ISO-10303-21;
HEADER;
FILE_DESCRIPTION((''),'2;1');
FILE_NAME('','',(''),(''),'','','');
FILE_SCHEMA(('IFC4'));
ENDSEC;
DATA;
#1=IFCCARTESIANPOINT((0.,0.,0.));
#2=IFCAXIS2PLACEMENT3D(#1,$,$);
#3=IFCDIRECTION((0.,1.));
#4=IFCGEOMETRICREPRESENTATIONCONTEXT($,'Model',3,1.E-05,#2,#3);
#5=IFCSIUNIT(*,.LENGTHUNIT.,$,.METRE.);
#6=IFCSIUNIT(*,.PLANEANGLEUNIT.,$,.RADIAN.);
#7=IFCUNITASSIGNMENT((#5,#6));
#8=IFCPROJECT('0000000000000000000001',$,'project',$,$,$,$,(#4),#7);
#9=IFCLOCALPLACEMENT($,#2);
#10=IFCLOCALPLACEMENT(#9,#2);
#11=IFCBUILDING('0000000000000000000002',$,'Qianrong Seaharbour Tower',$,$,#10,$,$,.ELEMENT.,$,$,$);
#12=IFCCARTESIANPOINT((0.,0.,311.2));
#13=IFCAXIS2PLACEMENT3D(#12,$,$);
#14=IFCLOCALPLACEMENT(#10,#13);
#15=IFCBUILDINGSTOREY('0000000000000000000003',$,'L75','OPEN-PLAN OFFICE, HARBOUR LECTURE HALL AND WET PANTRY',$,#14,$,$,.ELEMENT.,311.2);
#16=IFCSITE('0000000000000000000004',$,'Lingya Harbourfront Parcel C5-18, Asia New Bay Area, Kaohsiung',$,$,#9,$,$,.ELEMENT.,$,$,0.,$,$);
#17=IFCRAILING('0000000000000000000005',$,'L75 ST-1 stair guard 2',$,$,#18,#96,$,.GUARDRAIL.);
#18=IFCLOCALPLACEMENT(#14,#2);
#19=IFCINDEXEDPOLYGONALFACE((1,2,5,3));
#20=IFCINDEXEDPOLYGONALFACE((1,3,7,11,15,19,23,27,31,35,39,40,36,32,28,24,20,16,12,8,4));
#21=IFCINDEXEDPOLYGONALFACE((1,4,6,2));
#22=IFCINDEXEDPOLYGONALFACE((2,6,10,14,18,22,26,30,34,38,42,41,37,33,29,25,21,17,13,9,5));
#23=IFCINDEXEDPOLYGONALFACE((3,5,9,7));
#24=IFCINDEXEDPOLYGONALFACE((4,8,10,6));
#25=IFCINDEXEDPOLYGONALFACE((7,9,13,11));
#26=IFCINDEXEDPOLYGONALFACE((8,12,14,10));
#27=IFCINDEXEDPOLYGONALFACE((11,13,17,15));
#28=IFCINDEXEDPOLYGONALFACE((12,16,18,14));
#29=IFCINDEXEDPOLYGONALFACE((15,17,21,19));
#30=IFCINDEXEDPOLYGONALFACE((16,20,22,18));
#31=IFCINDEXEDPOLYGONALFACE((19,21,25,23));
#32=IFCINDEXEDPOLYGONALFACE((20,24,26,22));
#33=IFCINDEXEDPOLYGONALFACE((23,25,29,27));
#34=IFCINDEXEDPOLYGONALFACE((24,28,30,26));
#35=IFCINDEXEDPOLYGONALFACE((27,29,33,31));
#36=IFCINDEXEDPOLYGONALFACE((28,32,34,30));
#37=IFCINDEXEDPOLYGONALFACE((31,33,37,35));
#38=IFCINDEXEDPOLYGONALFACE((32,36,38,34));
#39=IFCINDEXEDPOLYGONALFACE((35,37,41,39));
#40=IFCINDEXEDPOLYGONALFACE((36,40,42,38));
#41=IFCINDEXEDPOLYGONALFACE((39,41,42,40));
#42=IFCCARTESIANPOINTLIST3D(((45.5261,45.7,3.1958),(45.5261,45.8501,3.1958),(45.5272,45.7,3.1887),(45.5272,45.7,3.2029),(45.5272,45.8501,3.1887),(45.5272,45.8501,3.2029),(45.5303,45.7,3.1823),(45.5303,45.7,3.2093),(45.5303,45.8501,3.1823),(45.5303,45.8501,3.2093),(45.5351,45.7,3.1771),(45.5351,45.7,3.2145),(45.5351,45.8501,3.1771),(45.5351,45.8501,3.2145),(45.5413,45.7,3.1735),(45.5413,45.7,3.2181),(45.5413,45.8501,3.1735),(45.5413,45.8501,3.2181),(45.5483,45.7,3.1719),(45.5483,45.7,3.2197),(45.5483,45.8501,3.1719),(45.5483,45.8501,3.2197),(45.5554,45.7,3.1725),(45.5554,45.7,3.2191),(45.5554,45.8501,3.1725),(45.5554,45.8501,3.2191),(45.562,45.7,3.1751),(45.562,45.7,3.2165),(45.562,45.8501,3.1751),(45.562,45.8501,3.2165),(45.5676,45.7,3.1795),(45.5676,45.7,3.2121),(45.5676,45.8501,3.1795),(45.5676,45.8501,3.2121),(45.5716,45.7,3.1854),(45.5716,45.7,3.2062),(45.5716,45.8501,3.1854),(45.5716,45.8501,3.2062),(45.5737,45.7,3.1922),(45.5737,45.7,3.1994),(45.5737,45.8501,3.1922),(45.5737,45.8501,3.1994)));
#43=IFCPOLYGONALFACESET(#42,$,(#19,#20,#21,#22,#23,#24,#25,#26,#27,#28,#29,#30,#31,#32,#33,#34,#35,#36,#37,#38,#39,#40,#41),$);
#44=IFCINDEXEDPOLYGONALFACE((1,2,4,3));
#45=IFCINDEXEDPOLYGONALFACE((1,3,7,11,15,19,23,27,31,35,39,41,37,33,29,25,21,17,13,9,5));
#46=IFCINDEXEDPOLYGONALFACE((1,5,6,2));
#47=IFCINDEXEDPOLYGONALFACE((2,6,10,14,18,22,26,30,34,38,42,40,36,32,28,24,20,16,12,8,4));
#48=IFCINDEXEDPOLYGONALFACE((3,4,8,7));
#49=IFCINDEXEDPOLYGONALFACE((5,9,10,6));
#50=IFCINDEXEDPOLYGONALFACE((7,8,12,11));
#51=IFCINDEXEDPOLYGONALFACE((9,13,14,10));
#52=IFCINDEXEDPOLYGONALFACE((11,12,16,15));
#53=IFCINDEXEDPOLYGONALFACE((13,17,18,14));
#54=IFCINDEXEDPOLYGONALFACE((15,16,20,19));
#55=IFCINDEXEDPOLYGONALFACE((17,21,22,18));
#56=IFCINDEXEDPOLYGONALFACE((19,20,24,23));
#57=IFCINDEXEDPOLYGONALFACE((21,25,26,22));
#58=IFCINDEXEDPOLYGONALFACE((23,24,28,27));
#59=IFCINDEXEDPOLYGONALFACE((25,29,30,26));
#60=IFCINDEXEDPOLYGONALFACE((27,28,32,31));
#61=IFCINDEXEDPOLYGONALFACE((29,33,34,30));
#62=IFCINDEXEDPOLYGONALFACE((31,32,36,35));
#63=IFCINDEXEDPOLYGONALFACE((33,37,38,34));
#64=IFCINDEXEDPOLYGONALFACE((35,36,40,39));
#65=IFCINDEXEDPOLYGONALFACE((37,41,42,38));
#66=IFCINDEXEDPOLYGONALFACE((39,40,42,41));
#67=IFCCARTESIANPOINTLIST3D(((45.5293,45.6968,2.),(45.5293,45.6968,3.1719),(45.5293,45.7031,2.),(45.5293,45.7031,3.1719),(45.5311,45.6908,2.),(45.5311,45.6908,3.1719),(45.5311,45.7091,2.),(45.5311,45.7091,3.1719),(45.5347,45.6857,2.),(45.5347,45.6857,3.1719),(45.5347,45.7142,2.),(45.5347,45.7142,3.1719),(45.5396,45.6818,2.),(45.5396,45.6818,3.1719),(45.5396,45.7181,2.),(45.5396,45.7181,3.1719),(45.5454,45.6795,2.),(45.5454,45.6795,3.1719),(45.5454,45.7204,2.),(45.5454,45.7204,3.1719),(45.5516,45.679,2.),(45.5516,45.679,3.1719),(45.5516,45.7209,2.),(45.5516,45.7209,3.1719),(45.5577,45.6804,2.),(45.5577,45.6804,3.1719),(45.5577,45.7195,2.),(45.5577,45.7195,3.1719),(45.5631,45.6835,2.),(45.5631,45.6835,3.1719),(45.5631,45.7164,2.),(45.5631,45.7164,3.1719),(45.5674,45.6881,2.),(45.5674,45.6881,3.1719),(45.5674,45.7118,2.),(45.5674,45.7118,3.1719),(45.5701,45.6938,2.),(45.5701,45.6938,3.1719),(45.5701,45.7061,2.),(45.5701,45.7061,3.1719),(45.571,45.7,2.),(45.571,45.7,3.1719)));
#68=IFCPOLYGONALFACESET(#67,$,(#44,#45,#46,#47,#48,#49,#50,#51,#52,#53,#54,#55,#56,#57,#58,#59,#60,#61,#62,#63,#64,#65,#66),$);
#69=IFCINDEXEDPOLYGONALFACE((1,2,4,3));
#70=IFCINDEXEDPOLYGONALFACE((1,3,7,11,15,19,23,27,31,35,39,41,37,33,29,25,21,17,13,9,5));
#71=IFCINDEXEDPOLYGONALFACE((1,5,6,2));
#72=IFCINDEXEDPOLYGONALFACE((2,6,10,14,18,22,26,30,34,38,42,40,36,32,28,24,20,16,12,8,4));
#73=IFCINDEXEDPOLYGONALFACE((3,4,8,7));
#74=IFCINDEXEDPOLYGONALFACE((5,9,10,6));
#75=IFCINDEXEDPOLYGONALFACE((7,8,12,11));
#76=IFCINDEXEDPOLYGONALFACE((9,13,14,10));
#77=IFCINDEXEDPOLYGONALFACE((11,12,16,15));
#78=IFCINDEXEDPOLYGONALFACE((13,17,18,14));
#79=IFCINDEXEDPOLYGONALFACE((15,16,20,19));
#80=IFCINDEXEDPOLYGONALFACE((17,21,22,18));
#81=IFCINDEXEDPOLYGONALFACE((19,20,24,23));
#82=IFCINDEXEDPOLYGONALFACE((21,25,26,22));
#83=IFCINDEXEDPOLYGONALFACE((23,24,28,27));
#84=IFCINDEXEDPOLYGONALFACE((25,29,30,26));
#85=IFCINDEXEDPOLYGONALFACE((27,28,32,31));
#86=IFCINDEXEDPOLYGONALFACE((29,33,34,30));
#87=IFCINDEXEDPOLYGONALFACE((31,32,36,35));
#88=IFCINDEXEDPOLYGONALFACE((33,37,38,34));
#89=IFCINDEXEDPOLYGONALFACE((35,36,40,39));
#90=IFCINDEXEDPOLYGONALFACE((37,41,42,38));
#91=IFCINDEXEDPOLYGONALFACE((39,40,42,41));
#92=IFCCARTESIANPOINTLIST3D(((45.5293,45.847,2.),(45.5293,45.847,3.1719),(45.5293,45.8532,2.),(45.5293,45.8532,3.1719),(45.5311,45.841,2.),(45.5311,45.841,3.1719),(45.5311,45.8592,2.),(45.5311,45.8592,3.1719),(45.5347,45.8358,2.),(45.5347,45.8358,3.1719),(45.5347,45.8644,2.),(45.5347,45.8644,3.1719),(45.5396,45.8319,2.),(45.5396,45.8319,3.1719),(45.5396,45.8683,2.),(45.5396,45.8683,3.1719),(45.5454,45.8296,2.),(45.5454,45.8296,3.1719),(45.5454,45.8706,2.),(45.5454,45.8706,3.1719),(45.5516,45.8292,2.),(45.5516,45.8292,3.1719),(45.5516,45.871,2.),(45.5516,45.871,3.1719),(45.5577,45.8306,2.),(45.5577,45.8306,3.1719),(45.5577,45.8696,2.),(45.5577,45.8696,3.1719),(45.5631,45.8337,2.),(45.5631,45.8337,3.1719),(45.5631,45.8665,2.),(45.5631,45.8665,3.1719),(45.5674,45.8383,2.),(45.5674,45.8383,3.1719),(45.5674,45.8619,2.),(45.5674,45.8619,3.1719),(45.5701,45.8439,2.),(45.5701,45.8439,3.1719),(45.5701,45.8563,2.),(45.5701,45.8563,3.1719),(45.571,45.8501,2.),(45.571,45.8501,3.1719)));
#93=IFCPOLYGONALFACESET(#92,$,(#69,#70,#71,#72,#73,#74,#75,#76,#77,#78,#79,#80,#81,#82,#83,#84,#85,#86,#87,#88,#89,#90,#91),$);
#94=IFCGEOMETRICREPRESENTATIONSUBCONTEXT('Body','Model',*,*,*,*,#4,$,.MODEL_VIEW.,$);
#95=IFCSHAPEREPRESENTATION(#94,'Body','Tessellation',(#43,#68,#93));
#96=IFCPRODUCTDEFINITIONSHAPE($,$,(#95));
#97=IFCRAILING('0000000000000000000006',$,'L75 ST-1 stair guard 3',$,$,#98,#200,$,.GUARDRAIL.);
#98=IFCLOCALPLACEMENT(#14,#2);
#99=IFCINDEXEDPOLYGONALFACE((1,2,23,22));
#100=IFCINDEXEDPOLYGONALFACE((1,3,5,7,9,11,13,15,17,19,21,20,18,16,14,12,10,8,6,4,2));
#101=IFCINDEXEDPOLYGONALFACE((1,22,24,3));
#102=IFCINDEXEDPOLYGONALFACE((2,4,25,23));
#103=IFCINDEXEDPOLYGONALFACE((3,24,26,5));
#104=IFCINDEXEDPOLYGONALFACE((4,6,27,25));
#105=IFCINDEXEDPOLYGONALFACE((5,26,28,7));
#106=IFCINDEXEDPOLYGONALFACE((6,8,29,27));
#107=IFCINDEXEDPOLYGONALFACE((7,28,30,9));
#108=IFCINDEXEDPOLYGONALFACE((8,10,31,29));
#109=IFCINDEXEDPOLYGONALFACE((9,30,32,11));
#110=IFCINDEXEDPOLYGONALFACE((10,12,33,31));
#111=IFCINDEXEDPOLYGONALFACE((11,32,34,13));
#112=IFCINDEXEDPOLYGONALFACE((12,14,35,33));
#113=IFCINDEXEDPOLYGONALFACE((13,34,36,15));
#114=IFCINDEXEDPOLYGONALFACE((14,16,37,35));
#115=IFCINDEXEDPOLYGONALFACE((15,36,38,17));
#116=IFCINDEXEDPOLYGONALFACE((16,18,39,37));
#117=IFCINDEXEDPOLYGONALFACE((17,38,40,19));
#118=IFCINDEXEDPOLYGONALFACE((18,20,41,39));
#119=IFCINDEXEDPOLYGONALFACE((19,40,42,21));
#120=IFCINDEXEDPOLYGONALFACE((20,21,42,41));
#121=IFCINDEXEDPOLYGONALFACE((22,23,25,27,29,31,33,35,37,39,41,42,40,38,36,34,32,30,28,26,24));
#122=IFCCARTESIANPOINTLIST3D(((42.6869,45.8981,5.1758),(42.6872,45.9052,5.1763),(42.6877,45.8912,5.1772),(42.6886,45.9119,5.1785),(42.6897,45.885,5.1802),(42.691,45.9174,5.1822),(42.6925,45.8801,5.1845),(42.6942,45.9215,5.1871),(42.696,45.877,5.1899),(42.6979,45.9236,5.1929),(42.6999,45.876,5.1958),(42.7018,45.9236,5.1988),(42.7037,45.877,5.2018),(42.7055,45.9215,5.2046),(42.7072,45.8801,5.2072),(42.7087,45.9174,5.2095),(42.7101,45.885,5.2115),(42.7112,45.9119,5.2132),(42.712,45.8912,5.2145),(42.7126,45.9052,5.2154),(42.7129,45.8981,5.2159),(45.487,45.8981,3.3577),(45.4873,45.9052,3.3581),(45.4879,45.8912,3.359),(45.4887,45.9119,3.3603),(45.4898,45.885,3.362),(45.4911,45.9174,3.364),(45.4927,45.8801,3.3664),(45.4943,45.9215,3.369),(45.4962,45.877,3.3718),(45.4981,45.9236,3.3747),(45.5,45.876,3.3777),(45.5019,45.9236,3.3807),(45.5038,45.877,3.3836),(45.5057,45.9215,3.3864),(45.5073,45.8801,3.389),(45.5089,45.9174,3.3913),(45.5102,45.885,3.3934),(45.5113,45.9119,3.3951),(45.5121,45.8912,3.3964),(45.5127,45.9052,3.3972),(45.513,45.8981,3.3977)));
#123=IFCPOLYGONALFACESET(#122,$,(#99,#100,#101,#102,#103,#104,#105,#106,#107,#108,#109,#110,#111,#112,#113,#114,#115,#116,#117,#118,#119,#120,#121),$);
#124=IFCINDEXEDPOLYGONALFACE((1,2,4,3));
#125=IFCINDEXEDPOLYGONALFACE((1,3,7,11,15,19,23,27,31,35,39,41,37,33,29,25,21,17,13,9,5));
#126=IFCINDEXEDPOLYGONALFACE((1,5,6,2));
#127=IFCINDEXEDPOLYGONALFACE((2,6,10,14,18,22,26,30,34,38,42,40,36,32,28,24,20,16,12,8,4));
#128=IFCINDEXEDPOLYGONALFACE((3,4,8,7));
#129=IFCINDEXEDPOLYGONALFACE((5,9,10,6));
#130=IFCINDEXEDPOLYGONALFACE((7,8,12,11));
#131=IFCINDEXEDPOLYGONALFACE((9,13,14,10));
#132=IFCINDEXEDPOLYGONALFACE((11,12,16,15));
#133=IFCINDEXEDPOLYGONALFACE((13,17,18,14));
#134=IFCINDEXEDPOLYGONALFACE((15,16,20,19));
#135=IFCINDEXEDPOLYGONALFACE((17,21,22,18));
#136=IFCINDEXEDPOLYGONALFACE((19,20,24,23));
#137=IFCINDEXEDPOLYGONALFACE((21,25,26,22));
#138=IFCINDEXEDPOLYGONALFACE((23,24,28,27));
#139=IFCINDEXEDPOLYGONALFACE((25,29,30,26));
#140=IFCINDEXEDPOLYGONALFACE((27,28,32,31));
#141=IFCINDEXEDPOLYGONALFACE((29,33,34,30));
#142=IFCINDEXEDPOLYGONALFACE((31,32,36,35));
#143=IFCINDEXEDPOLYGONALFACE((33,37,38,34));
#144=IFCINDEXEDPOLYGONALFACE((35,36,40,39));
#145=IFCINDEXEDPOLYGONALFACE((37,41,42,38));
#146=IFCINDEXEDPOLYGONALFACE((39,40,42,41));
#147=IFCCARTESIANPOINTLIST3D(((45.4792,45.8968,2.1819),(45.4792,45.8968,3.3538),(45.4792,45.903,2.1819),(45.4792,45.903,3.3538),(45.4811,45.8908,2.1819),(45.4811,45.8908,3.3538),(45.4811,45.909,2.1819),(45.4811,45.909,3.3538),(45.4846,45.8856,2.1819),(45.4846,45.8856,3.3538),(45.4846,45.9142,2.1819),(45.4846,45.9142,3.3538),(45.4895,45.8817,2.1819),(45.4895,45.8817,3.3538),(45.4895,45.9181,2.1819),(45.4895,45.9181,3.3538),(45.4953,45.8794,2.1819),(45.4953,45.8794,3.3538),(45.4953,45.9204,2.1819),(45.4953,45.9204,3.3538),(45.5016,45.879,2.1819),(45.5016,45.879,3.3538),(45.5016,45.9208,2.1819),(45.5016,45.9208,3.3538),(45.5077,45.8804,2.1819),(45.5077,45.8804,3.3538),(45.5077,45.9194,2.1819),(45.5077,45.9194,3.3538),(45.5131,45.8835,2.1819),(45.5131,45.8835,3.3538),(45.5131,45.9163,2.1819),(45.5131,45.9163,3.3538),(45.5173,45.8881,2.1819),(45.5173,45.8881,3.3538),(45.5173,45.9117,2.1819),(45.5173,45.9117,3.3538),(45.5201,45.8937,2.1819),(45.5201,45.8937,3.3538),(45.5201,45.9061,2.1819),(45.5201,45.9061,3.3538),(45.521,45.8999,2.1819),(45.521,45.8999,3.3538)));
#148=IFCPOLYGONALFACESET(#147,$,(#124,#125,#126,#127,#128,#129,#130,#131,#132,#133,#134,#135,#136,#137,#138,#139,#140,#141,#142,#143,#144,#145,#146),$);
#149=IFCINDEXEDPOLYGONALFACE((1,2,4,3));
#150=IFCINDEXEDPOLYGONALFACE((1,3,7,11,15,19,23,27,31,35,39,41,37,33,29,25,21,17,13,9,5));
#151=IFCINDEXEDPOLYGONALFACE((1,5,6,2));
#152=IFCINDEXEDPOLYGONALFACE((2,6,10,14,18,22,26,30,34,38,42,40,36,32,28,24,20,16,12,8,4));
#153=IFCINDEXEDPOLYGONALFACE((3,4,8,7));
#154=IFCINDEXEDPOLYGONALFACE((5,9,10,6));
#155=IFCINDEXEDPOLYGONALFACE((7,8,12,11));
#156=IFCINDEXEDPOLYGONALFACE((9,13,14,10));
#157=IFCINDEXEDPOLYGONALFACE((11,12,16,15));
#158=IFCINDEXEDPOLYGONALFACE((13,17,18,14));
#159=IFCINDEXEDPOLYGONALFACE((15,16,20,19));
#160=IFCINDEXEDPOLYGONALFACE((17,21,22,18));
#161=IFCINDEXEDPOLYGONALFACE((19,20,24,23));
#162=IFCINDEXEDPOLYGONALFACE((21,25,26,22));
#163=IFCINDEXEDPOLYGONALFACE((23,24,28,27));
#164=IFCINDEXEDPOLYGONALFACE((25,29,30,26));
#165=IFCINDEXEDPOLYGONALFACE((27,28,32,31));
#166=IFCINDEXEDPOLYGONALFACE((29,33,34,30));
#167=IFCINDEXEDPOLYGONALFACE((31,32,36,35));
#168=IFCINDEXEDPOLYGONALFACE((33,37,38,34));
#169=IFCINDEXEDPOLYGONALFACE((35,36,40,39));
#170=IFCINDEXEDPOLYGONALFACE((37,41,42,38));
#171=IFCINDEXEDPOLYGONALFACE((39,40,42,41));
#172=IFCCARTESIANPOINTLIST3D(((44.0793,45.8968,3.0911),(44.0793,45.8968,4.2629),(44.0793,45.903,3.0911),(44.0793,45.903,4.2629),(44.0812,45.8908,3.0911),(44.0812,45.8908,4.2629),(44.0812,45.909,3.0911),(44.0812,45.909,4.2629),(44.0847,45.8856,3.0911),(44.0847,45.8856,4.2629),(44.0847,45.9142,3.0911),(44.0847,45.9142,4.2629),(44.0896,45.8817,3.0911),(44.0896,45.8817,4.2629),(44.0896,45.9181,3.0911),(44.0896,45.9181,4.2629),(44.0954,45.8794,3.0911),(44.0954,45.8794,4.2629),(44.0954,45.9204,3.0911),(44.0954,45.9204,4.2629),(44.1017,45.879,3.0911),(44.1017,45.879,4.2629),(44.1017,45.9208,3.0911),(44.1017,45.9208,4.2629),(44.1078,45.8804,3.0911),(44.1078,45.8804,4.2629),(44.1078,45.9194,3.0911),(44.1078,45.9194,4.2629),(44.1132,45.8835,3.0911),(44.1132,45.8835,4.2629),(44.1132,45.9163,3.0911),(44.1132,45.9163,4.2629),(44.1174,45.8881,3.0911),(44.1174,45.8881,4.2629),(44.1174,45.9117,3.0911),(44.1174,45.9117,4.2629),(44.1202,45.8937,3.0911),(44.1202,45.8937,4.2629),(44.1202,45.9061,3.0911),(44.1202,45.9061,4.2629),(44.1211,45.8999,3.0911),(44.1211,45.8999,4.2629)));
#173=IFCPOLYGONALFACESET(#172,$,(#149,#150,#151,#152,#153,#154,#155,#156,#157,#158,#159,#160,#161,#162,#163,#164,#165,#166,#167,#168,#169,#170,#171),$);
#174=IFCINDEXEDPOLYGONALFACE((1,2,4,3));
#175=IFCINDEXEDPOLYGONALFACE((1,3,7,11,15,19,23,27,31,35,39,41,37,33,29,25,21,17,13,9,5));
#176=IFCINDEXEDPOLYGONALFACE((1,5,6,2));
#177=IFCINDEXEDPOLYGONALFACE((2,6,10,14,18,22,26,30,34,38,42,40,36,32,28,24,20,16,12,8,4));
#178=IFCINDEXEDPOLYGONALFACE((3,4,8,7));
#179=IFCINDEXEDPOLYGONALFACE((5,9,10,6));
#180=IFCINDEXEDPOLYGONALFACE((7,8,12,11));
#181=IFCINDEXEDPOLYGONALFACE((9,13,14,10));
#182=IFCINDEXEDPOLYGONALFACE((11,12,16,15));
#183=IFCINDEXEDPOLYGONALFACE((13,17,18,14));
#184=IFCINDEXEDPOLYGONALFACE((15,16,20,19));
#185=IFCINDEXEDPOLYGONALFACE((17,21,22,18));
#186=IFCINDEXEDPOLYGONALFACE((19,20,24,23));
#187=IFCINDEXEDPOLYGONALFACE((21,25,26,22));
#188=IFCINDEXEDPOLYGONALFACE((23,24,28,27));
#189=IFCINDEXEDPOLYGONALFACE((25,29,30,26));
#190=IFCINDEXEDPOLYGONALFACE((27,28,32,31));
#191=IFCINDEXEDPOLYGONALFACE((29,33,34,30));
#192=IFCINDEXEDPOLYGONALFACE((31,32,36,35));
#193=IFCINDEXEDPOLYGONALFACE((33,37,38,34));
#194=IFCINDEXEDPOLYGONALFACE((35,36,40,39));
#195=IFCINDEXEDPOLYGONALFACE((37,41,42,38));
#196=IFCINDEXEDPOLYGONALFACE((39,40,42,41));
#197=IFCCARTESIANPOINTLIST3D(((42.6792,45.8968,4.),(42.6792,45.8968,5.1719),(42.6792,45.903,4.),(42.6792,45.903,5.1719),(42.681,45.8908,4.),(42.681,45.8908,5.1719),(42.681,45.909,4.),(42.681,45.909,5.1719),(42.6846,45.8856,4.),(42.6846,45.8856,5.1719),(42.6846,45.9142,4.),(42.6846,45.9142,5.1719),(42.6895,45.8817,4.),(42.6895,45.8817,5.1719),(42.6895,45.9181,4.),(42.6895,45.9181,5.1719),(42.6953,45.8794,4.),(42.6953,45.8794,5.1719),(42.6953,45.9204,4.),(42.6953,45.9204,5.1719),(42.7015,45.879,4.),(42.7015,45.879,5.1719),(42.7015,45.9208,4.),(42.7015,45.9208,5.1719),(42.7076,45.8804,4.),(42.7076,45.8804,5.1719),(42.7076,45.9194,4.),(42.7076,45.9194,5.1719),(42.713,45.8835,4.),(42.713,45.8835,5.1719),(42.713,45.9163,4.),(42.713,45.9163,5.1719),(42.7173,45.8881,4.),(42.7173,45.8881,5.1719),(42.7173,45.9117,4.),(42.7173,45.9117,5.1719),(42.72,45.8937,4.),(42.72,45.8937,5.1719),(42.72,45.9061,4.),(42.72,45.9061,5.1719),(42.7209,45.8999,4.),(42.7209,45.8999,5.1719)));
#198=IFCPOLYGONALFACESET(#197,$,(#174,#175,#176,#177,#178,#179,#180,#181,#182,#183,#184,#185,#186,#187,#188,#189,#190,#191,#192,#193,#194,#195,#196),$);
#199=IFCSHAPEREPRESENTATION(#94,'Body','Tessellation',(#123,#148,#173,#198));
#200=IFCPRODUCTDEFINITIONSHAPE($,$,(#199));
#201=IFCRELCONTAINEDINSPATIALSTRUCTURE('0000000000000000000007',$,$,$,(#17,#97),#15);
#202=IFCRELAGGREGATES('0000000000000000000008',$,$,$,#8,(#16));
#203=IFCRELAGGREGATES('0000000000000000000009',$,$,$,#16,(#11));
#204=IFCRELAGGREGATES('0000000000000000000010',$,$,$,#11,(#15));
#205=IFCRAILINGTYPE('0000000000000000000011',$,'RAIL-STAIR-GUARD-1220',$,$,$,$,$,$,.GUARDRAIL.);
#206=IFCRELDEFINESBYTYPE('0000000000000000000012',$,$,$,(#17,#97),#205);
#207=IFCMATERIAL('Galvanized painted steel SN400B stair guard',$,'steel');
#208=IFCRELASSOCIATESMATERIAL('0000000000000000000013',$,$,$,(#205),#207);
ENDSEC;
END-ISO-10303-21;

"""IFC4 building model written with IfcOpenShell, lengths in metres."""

from ifc_helpers import new_model, si_unit, direction, frame, origin, origin_2d, place, context, subcontext, project, spatial, circle, extrude, material, type_object, element, save


model = new_model("IFC4")

# Units and contexts
model_context = context("Model", 3, precision=1e-05, world=origin(), true_north=direction((0.0, 1.0)))
body_context = subcontext(model_context, "Body", "Model", "MODEL_VIEW")
ifc_project = project(units=[si_unit("LENGTHUNIT", "METRE"), si_unit("PLANEANGLEUNIT", "RADIAN")], contexts=[model_context])

# Site, building, storey
site_placement = place(None, origin())
site = spatial("IfcSite", under=ifc_project, at=site_placement, Name="Lingya Harbourfront Parcel C5-18, Asia New Bay Area, Kaohsiung", CompositionType="ELEMENT", RefElevation=0.0)
building_placement = place(site_placement, origin())
building = spatial("IfcBuilding", under=site, at=building_placement, Name="Qianrong Seaharbour Tower", CompositionType="ELEMENT")
storey_placement = place(building_placement, frame((0.0, 0.0, 311.2)))
storey = spatial("IfcBuildingStorey", under=building, at=storey_placement, Name="L75", Description="OPEN-PLAN OFFICE, HARBOUR LECTURE HALL AND WET PANTRY", CompositionType="ELEMENT", Elevation=311.2)

# Railings
ifc_material_1 = material(Name="Galvanized painted steel SN400B stair guard", Category="steel")
railing_type_1 = type_object("IfcRailingType", Name="RAIL-STAIR-GUARD-1220", PredefinedType="GUARDRAIL", material=ifc_material_1)
railing_1_placement = place(storey_placement, frame((45.55, 45.7, 2.0)))
element("IfcRailing", 1, at=railing_1_placement, inside=storey, type_object=railing_type_1, Name="L75 ST-1 stair guard 2", PredefinedType="GUARDRAIL", context=body_context, shape_type="SweptSolid", body=[
    extrude(circle(Radius=0.0239, at=origin_2d()), frame((0.0, 0.0, 1.1958), z_axis=(0.0, 1.0, 0.0), x_axis=(-1.0, 0.0, 0.0)), (0.0, 0.0, 1.0), 0.1501),
    extrude(circle(Radius=0.021, at=origin_2d()), origin(), (0.0, 0.0, 1.0), 1.1719),
    extrude(circle(Radius=0.021, at=origin_2d()), frame((0.0, 0.1501, 0.0)), (0.0, 0.0, 1.0), 1.1719),
])
railing_2_placement = place(storey_placement, frame((45.5, 45.8999, 2.1819)))
element("IfcRailing", 2, at=railing_2_placement, inside=storey, type_object=railing_type_1, Name="L75 ST-1 stair guard 3", PredefinedType="GUARDRAIL", context=body_context, shape_type="SweptSolid", body=[
    extrude(circle(Radius=0.0239, at=origin_2d()), frame((0.0, 0.0, 1.1958), z_axis=(-0.838706, 0.0, 0.544585), x_axis=(0.0, -1.0, 0.0)), (0.0, 0.0, 1.0), 3.3386),
    extrude(circle(Radius=0.021, at=origin_2d()), origin(), (0.0, 0.0, 1.0), 1.1719),
    extrude(circle(Radius=0.021, at=origin_2d()), frame((-1.3999, 0.0, 0.9092)), (0.0, 0.0, 1.0), 1.1719),
    extrude(circle(Radius=0.021, at=origin_2d()), frame((-2.8, 0.0, 1.8181)), (0.0, 0.0, 1.0), 1.1719),
])

save(model, "model.ifc")
